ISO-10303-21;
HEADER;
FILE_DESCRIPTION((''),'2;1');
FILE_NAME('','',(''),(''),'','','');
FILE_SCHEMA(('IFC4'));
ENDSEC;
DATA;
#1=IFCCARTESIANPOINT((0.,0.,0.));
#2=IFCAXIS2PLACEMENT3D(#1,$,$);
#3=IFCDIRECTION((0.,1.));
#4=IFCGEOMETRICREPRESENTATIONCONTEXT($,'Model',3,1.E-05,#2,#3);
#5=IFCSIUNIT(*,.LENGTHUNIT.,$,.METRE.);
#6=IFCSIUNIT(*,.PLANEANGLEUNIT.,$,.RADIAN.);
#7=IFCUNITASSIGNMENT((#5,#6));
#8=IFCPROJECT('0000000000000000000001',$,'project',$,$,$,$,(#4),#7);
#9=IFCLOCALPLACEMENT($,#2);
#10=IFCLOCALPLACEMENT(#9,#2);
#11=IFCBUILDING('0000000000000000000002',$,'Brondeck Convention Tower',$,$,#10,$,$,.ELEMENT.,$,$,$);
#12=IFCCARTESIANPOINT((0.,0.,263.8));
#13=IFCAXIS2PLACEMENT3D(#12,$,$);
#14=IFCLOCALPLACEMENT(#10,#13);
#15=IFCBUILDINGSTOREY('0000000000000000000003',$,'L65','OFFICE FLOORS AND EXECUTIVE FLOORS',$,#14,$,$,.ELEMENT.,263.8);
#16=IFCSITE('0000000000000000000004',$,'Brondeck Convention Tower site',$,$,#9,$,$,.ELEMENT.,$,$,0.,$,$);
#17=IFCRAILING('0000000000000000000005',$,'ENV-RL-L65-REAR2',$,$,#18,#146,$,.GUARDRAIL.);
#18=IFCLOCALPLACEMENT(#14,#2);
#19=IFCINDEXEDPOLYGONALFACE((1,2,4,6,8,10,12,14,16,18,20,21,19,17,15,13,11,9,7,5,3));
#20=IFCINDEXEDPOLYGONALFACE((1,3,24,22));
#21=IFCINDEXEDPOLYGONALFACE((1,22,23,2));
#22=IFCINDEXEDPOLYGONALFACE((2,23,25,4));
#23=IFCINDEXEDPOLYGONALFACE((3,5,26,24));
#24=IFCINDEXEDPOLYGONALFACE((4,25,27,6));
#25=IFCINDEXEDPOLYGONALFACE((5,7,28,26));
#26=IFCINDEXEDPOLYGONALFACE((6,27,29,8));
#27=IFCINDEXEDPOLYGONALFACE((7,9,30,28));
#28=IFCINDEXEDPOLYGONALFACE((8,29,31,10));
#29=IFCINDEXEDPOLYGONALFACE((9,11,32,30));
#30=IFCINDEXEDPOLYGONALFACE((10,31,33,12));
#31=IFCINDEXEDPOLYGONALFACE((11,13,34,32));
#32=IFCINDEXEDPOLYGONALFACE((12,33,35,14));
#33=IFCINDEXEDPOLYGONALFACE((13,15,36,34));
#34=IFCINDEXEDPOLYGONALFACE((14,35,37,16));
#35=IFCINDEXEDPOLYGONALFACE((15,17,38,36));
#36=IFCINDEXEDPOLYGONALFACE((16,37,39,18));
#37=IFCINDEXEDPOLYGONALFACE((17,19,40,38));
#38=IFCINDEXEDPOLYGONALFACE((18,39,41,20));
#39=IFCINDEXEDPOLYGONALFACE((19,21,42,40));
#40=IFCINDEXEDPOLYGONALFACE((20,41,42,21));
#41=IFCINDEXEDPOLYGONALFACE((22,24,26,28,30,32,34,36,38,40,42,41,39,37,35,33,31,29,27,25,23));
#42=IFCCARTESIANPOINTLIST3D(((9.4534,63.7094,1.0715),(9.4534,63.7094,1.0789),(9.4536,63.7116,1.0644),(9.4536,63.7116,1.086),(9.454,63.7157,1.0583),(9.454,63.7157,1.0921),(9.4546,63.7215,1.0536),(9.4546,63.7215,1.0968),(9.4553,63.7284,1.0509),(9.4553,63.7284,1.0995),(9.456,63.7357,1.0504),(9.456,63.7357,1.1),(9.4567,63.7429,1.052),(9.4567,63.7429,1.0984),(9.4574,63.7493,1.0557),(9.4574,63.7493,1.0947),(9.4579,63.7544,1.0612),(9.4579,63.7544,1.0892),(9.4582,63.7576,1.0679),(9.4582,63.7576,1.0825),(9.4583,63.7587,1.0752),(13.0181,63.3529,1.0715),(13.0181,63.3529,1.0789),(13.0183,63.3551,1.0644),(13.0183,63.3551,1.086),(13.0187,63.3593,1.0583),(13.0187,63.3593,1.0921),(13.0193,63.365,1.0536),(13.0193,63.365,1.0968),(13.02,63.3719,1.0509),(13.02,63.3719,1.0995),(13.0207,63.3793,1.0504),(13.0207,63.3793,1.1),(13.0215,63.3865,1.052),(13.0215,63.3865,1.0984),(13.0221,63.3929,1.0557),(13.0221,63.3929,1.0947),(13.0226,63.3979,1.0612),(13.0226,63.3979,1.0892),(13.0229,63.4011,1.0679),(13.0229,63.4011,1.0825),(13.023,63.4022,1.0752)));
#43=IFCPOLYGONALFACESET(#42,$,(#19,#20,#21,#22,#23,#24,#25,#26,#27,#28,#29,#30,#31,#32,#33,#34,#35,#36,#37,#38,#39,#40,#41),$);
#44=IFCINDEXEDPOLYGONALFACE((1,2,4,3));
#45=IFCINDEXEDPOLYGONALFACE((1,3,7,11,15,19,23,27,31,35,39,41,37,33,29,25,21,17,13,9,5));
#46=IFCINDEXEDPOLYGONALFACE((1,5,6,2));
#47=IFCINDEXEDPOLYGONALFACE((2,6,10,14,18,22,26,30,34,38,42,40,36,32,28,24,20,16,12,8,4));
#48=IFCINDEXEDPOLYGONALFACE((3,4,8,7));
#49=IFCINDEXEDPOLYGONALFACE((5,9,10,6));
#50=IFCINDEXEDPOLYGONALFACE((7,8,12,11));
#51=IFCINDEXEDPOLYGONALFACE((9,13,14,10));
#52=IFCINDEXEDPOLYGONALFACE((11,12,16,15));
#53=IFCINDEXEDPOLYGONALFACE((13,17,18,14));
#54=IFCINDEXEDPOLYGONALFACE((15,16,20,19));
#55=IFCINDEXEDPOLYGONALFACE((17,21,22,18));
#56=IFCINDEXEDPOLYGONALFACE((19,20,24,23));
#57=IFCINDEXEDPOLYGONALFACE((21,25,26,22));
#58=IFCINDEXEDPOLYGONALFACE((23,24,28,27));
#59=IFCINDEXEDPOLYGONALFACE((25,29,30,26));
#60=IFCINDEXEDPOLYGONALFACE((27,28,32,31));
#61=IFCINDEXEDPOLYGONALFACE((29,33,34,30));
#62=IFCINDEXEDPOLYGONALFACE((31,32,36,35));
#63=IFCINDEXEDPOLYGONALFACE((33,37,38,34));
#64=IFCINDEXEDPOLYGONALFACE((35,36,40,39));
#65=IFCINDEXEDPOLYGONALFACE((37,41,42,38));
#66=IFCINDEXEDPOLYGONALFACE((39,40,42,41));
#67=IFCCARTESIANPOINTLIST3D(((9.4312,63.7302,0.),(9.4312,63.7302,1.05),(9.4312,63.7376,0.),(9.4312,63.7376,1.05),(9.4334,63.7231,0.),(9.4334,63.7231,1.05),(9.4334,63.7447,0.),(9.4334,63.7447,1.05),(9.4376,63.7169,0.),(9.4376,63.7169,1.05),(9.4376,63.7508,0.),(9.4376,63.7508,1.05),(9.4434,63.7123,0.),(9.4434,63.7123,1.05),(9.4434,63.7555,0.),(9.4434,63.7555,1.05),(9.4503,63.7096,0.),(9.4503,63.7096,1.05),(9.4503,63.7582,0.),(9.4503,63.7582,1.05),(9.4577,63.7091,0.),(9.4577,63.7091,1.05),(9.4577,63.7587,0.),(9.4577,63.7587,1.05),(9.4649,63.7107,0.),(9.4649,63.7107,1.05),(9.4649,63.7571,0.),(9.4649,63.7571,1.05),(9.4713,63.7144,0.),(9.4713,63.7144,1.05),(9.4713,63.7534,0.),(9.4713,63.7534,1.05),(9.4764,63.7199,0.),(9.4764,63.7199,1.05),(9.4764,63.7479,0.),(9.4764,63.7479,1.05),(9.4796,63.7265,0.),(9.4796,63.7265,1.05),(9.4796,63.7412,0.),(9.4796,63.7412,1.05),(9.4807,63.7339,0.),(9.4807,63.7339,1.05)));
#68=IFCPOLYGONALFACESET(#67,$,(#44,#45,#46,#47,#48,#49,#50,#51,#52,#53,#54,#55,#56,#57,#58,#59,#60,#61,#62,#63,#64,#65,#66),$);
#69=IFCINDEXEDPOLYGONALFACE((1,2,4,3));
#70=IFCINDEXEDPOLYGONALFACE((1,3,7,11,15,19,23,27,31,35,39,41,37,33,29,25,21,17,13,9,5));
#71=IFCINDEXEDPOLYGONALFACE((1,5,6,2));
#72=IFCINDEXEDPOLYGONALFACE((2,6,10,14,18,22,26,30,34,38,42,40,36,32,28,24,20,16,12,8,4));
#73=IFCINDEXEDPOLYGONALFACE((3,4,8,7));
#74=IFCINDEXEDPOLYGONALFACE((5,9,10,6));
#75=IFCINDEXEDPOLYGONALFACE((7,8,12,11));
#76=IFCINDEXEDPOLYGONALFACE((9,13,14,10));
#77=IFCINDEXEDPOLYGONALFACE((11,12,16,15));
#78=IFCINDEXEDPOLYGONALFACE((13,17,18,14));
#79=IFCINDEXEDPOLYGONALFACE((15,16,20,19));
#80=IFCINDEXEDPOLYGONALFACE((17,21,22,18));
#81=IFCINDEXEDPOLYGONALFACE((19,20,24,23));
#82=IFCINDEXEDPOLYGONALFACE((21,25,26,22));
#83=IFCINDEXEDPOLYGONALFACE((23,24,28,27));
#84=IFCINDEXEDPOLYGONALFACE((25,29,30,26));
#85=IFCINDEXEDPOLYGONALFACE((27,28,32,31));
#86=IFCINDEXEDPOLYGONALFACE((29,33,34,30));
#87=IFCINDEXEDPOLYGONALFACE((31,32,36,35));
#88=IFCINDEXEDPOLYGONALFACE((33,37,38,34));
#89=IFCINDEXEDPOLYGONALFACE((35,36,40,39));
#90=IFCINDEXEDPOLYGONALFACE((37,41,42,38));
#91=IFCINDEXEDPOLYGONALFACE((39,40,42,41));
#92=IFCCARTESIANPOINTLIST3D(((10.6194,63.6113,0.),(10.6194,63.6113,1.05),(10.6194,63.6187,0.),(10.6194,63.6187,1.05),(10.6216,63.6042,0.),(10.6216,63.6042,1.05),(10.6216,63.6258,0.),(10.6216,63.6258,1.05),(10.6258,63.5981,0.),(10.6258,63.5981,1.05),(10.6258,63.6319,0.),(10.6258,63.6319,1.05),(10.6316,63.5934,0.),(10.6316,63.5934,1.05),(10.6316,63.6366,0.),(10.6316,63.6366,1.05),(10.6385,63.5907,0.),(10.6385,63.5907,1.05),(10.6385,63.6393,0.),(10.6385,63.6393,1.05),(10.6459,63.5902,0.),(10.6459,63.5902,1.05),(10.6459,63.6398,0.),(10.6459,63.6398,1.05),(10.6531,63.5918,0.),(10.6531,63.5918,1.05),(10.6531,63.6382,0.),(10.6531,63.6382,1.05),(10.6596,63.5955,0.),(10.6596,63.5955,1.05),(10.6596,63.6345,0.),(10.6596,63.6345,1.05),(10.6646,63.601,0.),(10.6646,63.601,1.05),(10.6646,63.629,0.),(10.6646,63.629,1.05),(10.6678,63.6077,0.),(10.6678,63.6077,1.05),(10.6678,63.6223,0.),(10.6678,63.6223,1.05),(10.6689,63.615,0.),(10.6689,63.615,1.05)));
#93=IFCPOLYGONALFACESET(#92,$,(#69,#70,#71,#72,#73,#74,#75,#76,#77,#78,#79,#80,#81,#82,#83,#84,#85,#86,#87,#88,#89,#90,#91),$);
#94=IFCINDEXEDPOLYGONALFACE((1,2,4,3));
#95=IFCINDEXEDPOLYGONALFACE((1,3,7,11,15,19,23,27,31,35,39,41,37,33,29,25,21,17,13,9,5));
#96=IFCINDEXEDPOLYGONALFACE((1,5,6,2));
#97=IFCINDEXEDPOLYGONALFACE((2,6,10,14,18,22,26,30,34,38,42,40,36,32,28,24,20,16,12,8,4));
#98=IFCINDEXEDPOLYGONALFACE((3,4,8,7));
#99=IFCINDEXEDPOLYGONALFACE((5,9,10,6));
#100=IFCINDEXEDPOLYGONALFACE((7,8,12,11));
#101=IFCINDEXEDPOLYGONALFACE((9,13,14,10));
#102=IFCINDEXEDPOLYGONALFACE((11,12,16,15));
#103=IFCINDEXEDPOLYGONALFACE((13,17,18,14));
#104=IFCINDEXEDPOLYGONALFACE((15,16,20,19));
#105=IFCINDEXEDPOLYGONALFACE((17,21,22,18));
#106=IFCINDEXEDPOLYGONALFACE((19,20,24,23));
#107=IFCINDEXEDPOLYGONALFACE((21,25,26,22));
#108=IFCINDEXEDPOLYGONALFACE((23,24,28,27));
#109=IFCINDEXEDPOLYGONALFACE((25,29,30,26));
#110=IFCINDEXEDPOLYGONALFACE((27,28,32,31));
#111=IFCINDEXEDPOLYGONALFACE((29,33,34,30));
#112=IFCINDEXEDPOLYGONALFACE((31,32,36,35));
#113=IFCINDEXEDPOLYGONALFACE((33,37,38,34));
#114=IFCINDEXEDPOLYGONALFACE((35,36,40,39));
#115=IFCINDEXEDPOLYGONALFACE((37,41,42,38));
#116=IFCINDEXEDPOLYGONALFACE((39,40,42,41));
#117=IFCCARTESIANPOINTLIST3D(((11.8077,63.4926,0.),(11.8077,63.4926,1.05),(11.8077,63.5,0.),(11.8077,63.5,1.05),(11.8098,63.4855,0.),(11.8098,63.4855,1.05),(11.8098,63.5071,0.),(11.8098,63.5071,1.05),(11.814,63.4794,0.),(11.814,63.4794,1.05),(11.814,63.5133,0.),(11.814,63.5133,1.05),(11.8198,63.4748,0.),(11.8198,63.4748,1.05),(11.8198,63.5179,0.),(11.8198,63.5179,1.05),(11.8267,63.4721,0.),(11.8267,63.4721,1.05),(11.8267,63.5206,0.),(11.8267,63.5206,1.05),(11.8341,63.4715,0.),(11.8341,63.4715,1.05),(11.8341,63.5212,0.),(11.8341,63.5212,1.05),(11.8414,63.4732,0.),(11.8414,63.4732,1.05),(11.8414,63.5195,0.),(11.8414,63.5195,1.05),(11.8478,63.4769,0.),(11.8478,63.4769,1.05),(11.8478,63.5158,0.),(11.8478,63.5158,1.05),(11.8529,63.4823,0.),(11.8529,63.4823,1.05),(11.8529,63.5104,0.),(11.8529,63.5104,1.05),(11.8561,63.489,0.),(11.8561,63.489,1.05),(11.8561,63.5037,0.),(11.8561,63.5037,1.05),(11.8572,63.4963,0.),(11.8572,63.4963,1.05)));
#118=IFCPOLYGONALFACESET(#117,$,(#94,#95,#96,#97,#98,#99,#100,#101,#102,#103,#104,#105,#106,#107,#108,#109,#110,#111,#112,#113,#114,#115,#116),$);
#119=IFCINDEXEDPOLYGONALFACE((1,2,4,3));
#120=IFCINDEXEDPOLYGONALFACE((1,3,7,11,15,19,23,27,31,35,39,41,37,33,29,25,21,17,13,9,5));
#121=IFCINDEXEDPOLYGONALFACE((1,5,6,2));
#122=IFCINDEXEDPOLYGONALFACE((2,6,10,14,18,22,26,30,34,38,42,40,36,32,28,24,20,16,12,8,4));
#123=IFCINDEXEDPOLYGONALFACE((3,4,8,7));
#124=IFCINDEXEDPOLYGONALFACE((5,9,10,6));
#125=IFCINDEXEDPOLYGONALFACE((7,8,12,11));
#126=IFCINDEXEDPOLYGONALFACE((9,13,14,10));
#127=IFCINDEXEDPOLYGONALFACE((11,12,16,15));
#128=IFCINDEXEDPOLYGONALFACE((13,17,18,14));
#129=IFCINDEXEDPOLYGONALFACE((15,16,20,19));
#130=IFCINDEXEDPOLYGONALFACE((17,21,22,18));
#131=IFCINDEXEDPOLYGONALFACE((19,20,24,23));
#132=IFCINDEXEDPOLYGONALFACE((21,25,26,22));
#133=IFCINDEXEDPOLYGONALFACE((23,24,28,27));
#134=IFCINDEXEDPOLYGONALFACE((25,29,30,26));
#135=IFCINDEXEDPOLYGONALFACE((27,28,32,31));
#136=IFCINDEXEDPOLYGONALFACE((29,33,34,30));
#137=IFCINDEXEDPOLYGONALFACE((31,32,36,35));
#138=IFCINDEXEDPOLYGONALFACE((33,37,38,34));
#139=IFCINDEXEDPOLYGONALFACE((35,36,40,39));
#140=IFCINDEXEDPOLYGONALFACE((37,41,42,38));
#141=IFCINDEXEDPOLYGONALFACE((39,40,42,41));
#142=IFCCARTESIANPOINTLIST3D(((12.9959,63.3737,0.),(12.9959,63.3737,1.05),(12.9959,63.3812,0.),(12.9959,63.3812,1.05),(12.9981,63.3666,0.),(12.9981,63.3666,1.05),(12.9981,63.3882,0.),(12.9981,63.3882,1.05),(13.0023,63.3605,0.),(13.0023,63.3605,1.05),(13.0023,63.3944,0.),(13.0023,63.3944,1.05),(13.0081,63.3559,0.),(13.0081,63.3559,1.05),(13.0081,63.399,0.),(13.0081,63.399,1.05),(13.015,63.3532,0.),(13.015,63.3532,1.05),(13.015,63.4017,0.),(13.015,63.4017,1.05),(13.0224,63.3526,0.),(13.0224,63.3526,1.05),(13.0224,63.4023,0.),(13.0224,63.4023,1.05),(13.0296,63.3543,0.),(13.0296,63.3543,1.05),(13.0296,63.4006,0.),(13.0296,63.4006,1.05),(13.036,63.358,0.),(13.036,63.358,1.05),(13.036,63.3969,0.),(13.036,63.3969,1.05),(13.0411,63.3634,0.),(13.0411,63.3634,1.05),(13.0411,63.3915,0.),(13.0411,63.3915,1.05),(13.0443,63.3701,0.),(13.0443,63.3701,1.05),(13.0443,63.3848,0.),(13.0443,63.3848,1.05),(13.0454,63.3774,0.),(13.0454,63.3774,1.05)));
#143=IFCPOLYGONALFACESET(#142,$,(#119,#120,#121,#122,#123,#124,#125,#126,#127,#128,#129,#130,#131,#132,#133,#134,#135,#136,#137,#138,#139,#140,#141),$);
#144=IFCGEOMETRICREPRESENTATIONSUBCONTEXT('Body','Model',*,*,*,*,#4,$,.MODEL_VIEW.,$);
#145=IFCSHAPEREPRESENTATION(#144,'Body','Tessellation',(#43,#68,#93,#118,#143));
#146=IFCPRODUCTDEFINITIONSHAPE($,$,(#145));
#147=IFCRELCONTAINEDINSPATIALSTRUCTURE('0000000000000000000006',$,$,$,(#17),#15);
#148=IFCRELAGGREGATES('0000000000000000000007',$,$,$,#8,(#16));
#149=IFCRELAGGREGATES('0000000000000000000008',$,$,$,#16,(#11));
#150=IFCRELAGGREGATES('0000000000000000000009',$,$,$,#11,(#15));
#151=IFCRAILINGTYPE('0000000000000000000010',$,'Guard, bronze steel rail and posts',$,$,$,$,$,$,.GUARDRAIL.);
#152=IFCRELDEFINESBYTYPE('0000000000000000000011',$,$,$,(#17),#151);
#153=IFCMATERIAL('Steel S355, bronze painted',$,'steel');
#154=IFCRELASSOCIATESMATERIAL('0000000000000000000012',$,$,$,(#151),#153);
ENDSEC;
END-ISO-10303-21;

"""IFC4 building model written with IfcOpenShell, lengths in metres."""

from ifc_helpers import new_model, si_unit, direction, frame, origin, origin_2d, place, context, subcontext, project, spatial, circle, extrude, material, type_object, element, save


model = new_model("IFC4")

# Units and contexts
model_context = context("Model", 3, precision=1e-05, world=origin(), true_north=direction((0.0, 1.0)))
body_context = subcontext(model_context, "Body", "Model", "MODEL_VIEW")
ifc_project = project(units=[si_unit("LENGTHUNIT", "METRE"), si_unit("PLANEANGLEUNIT", "RADIAN")], contexts=[model_context])

# Site, building, storey
site_placement = place(None, origin())
site = spatial("IfcSite", under=ifc_project, at=site_placement, Name="Brondeck Convention Tower site", CompositionType="ELEMENT", RefElevation=0.0)
building_placement = place(site_placement, origin())
building = spatial("IfcBuilding", under=site, at=building_placement, Name="Brondeck Convention Tower", CompositionType="ELEMENT")
storey_placement = place(building_placement, frame((0.0, 0.0, 263.8)))
storey = spatial("IfcBuildingStorey", under=building, at=storey_placement, Name="L65", Description="OFFICE FLOORS AND EXECUTIVE FLOORS", CompositionType="ELEMENT", Elevation=263.8)

# Railing
ifc_material_1 = material(Name="Steel S355, bronze painted", Category="steel")
railing_type_1 = type_object("IfcRailingType", Name="Guard, bronze steel rail and posts", PredefinedType="GUARDRAIL", material=ifc_material_1)
railing_1_placement = place(storey_placement, frame((9.4558, 63.7339, 0.0)))
element("IfcRailing", 1, at=railing_1_placement, inside=storey, type_object=railing_type_1, Name="ENV-RL-L65-REAR2", PredefinedType="GUARDRAIL", context=body_context, shape_type="SweptSolid", body=[
    extrude(circle(Radius=0.0249, at=origin_2d()), frame((0.0, 0.0, 1.0752), z_axis=(0.995038, -0.099497, 0.0), x_axis=(0.099497, 0.995038, 0.0)), (0.0, 0.0, 1.0), 3.5825),
    extrude(circle(Radius=0.0249, at=origin_2d()), origin(), (0.0, 0.0, 1.0), 1.05),
    extrude(circle(Radius=0.0249, at=origin_2d()), frame((1.1882, -0.1189, 0.0)), (0.0, 0.0, 1.0), 1.05),
    extrude(circle(Radius=0.0249, at=origin_2d()), frame((2.3765, -0.2375, 0.0)), (0.0, 0.0, 1.0), 1.05),
    extrude(circle(Radius=0.0249, at=origin_2d()), frame((3.5647, -0.3564, 0.0)), (0.0, 0.0, 1.0), 1.05),
])

save(model, "model.ifc")
